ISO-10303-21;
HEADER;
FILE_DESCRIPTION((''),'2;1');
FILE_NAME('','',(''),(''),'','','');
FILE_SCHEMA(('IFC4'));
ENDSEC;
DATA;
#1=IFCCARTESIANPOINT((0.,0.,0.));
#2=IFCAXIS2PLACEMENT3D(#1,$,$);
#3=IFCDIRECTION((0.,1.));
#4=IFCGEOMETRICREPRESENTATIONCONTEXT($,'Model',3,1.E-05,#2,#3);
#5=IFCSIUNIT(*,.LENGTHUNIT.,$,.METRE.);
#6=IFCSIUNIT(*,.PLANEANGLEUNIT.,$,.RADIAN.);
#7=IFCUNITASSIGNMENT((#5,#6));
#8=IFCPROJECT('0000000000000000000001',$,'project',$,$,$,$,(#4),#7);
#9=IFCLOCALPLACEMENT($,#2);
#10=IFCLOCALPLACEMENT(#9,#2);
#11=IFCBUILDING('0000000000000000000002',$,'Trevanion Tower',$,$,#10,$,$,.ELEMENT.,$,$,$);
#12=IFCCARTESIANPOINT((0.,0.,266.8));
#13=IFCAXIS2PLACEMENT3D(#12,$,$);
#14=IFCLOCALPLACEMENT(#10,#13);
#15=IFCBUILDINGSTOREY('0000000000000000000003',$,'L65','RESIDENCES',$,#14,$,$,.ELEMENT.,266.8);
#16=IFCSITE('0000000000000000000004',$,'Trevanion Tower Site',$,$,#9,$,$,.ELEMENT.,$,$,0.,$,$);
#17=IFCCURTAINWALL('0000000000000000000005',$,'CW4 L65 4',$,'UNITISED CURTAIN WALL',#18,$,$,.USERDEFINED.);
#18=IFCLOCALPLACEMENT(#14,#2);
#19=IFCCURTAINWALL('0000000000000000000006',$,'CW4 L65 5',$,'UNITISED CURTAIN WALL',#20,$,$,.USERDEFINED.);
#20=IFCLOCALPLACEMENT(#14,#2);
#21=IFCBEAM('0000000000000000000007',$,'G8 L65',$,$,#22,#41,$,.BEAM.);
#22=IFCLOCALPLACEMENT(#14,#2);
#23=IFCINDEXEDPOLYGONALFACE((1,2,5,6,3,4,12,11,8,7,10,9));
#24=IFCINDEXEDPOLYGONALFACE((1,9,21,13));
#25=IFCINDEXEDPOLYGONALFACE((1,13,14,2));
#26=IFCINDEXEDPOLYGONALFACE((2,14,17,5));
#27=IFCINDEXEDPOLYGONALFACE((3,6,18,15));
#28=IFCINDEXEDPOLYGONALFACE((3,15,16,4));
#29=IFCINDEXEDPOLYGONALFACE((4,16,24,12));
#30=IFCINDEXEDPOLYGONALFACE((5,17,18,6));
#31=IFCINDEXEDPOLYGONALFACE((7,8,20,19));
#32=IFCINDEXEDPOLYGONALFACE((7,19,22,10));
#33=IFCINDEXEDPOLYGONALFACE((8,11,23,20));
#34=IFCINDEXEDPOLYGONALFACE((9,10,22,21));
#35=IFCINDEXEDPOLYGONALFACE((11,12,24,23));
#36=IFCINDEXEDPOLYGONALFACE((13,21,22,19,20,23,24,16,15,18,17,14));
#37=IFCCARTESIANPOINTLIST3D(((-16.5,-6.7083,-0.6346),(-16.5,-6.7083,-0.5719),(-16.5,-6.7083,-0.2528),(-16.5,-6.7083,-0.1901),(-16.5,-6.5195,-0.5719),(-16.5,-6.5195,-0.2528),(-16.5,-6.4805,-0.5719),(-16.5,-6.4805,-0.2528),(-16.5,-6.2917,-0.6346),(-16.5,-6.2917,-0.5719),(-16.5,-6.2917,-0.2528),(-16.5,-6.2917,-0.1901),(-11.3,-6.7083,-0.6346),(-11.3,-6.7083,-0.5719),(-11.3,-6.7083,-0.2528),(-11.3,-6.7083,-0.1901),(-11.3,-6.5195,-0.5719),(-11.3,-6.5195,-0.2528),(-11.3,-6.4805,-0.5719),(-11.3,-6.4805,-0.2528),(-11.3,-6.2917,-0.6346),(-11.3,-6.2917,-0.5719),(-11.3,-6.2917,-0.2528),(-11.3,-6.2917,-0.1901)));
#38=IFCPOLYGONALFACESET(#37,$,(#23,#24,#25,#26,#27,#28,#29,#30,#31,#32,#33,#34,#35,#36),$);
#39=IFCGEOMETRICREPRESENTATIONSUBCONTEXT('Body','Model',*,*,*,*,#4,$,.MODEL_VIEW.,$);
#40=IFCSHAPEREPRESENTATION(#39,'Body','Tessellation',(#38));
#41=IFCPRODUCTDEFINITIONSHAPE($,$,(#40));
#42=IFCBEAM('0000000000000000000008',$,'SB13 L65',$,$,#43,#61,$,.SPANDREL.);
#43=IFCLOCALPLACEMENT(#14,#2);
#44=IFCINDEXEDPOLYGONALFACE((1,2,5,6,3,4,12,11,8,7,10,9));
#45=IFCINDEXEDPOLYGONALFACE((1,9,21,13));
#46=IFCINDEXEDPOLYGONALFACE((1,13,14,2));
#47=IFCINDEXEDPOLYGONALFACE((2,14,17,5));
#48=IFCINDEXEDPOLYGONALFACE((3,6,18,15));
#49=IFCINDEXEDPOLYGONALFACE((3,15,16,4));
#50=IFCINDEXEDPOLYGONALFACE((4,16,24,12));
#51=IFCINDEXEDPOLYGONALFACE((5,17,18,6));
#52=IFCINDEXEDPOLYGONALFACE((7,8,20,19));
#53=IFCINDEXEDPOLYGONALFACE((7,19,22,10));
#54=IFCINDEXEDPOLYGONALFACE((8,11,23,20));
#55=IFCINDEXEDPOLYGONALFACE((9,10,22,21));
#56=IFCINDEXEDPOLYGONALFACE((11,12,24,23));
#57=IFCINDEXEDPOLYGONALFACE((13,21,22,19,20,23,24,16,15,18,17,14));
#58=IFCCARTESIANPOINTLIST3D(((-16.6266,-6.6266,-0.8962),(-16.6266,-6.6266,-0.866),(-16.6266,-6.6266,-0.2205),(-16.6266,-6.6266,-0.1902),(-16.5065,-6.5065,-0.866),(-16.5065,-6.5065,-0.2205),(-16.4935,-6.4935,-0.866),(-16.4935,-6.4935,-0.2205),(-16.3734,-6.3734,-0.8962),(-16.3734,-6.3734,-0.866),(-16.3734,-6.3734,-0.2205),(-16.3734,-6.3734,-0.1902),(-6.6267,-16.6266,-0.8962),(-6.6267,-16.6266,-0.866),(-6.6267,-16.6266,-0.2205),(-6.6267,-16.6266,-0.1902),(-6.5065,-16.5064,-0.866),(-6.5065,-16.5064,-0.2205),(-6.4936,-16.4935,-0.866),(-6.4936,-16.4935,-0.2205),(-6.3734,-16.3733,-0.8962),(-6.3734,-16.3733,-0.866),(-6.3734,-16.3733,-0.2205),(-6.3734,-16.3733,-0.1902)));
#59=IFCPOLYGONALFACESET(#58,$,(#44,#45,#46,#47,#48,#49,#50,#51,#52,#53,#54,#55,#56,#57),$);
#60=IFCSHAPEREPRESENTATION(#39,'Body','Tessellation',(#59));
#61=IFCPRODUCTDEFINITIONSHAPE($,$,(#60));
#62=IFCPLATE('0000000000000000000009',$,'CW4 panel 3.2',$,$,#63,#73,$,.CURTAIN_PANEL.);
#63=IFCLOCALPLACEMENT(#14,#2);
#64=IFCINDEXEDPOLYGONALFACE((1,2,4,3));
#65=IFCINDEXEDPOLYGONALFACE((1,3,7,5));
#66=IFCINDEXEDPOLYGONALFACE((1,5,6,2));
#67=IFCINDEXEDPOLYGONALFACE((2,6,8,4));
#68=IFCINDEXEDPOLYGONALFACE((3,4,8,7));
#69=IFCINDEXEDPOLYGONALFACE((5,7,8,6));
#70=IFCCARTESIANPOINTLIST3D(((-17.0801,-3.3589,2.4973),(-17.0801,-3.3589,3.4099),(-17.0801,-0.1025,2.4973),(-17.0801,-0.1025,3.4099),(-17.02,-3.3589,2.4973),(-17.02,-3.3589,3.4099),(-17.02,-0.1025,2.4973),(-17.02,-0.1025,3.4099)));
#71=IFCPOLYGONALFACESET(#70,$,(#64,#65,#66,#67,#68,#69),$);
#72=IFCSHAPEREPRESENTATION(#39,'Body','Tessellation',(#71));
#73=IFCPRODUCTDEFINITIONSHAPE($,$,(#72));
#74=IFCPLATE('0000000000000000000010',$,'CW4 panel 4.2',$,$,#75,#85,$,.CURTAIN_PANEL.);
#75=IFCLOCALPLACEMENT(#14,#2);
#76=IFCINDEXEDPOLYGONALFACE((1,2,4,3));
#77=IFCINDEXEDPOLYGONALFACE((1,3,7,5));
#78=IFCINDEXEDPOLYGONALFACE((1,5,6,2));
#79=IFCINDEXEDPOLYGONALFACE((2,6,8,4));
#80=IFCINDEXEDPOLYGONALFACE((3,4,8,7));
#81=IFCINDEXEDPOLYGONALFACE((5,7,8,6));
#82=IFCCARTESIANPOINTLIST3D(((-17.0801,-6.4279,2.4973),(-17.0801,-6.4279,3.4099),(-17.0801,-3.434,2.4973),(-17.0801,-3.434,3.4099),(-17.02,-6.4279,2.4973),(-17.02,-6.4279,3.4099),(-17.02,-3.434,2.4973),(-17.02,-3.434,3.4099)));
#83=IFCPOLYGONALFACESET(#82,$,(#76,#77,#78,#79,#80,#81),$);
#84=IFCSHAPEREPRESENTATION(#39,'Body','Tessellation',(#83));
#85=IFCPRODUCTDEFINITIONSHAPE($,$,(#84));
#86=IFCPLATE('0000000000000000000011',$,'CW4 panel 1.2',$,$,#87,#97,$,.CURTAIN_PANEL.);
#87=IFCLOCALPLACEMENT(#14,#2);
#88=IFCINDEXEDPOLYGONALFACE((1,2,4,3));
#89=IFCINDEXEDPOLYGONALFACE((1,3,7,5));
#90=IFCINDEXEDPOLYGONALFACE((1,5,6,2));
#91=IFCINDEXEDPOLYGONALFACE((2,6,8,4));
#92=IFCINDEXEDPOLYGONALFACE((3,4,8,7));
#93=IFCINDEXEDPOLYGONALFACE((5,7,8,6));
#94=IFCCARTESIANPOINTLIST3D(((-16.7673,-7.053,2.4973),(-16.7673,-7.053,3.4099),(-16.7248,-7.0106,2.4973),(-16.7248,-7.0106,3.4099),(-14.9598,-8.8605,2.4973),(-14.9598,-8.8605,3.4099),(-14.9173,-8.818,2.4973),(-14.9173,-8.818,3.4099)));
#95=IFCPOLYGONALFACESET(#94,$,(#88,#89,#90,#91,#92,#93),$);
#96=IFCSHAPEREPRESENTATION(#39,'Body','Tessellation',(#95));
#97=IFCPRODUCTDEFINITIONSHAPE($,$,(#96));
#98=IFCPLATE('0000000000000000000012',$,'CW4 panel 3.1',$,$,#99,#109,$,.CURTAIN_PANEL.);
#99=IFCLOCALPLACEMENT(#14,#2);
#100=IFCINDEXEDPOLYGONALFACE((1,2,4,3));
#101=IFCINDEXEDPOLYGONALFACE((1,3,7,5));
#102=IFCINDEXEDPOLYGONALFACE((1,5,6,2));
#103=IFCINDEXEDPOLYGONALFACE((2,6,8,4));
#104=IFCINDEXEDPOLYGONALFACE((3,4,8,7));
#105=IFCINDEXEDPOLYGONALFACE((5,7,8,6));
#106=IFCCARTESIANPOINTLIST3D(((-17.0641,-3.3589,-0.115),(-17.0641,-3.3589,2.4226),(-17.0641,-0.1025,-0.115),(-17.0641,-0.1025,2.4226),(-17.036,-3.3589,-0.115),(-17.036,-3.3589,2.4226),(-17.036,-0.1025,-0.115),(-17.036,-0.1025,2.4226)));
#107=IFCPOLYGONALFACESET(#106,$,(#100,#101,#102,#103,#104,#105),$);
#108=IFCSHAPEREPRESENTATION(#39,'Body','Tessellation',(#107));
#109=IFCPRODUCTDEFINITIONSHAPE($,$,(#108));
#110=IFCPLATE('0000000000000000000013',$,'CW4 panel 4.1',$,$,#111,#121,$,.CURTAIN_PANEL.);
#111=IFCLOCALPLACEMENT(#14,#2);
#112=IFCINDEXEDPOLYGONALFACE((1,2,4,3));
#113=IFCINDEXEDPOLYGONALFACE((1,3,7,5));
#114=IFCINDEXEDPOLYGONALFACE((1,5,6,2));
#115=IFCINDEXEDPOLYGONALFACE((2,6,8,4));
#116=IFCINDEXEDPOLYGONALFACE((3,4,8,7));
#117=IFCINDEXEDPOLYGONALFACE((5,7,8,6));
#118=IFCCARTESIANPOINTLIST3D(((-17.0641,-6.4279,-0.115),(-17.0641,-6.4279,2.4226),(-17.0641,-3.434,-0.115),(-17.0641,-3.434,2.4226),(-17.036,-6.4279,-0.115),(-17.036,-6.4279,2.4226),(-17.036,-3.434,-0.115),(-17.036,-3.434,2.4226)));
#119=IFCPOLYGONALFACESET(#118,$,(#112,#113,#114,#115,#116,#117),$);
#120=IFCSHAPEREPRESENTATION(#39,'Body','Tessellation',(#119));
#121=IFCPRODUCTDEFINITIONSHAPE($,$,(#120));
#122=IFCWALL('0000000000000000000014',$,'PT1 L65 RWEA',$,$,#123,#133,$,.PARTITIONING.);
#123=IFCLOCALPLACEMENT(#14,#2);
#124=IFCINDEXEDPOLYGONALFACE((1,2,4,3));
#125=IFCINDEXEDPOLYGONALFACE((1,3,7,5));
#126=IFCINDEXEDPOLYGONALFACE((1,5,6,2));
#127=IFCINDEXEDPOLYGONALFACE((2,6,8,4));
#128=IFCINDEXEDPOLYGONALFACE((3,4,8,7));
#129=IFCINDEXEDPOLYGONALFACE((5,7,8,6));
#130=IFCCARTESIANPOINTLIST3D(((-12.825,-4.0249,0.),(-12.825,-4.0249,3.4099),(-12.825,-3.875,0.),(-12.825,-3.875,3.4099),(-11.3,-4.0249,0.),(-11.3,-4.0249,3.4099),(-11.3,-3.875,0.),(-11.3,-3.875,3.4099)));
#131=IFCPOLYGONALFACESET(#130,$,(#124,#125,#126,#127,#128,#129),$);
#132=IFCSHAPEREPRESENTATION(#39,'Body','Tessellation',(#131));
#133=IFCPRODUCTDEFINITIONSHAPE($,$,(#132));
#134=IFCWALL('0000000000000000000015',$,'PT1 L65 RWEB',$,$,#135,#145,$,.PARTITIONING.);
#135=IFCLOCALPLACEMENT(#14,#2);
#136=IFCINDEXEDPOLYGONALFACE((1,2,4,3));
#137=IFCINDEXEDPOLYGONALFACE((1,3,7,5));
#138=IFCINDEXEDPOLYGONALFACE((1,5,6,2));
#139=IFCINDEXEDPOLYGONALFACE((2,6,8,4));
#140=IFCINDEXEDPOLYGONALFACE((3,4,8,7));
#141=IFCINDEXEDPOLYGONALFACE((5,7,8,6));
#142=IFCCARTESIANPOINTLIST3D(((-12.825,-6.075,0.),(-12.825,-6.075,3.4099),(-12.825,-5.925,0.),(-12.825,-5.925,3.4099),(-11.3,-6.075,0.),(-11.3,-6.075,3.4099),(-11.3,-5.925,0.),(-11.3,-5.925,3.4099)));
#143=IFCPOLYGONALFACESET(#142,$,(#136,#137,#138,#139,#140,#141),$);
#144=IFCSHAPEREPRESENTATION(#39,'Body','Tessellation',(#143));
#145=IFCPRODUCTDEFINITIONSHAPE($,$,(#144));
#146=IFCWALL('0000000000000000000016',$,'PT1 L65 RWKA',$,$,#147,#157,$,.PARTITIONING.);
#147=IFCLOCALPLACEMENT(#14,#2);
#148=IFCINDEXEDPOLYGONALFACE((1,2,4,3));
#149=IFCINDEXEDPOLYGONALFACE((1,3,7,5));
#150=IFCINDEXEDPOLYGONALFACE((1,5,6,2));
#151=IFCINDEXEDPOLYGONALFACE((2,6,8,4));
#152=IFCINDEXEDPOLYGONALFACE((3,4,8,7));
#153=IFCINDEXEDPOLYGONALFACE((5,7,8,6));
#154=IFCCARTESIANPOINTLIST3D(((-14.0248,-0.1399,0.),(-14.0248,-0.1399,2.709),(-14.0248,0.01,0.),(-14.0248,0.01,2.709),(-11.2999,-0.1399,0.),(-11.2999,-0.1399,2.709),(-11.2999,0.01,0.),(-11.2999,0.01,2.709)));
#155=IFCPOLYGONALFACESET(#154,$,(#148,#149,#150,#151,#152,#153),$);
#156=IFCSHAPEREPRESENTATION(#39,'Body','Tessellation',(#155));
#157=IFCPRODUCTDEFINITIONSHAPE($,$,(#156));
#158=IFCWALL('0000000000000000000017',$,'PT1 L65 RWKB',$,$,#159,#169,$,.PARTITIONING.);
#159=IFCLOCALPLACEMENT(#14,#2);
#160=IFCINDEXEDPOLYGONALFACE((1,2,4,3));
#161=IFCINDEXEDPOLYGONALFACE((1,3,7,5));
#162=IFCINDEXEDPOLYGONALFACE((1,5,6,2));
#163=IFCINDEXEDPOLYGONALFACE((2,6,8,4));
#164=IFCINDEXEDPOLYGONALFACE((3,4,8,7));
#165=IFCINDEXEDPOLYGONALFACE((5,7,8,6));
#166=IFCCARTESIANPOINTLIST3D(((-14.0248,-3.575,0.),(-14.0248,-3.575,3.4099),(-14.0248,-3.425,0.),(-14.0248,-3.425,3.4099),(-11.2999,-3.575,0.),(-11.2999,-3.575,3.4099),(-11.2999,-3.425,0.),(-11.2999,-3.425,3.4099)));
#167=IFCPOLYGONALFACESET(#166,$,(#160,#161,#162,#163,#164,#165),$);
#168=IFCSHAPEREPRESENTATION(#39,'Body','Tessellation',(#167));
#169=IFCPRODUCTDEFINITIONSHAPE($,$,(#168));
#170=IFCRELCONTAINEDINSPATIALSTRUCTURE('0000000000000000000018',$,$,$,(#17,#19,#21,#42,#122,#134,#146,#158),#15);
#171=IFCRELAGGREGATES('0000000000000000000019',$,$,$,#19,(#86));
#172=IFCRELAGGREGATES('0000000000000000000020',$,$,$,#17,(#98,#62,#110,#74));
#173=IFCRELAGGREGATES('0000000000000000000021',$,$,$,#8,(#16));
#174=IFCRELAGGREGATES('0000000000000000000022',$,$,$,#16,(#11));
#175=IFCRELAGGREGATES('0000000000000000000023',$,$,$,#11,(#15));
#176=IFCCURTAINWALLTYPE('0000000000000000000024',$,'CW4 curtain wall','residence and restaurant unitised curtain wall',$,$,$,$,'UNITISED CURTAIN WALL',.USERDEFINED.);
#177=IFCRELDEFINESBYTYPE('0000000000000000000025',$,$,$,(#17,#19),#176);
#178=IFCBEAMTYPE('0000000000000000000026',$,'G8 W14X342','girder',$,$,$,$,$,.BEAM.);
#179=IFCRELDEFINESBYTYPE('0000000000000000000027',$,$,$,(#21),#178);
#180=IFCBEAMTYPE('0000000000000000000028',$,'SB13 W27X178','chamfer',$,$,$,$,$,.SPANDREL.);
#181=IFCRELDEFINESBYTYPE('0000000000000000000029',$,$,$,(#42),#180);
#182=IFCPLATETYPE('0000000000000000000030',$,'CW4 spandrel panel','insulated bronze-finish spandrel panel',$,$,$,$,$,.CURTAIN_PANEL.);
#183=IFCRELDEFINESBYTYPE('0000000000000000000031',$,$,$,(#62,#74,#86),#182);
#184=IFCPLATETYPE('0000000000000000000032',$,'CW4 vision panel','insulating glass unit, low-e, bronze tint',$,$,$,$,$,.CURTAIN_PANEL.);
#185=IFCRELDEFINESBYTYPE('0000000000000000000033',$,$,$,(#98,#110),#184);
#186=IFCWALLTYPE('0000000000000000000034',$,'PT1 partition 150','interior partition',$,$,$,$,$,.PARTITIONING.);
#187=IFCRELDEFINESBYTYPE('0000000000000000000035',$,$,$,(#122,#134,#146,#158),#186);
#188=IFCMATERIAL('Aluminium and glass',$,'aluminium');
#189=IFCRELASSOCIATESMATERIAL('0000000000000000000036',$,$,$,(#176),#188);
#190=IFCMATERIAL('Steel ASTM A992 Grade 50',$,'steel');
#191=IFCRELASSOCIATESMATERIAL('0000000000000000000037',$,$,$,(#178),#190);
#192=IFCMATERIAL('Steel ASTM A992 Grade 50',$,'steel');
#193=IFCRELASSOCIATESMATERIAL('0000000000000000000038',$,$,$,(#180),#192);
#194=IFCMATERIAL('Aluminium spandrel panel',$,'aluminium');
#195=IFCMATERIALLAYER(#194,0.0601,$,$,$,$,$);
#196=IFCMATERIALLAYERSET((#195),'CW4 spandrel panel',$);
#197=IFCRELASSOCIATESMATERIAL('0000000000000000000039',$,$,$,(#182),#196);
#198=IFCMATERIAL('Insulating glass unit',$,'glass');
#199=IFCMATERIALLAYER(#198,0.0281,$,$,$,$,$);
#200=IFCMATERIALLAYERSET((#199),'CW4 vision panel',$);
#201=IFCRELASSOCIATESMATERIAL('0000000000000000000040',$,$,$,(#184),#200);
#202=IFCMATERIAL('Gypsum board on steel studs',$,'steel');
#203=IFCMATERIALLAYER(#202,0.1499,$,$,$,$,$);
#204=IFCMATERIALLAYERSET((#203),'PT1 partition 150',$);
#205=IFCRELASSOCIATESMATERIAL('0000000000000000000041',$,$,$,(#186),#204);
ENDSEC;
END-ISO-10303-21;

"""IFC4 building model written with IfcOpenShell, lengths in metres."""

from ifc_helpers import new_model, si_unit, direction, frame, frame_2d, origin, origin_2d, place, context, subcontext, project, spatial, rectangle, i_section, extrude, material, layer, layer_set, material_profile, profile_set, type_object, element, aggregate, save


model = new_model("IFC4")

# Units and contexts
model_context = context("Model", 3, precision=1e-05, world=origin(), true_north=direction((0.0, 1.0)))
body_context = subcontext(model_context, "Body", "Model", "MODEL_VIEW")
ifc_project = project(units=[si_unit("LENGTHUNIT", "METRE"), si_unit("PLANEANGLEUNIT", "RADIAN")], contexts=[model_context])

# Site, building, storey
site_placement = place(None, origin())
site = spatial("IfcSite", under=ifc_project, at=site_placement, Name="Trevanion Tower Site", CompositionType="ELEMENT", RefElevation=0.0)
building_placement = place(site_placement, origin())
building = spatial("IfcBuilding", under=site, at=building_placement, Name="Trevanion Tower", CompositionType="ELEMENT")
storey_placement = place(building_placement, frame((0.0, 0.0, 266.8)))
storey = spatial("IfcBuildingStorey", under=building, at=storey_placement, Name="L65", Description="RESIDENCES", CompositionType="ELEMENT", Elevation=266.8)

# Curtain wall
ifc_material_1 = material(Name="Aluminium and glass", Category="aluminium")
curtain_wall_type = type_object("IfcCurtainWallType", Name="CW4 curtain wall", Description="residence and restaurant unitised curtain wall", ElementType="UNITISED CURTAIN WALL", PredefinedType="USERDEFINED", material=ifc_material_1)
curtain_wall_1_placement = place(storey_placement, origin())
curtain_wall_1 = element("IfcCurtainWall", 1, at=curtain_wall_1_placement, inside=storey, type_object=curtain_wall_type, Name="CW4 L65 4", ObjectType="UNITISED CURTAIN WALL", PredefinedType="USERDEFINED")

# Curtain wall
curtain_wall_2_placement = place(storey_placement, origin())
curtain_wall_2 = element("IfcCurtainWall", 2, at=curtain_wall_2_placement, inside=storey, type_object=curtain_wall_type, Name="CW4 L65 5", ObjectType="UNITISED CURTAIN WALL", PredefinedType="USERDEFINED")

# Beams
ifc_material_2 = material(Name="Steel ASTM A992 Grade 50", Category="steel")
ifc_material_profile_1 = material_profile(ifc_material_2, i_section(OverallWidth=0.4165, OverallDepth=0.4446, WebThickness=0.0391, FlangeThickness=0.0627, at=origin_2d()), Name="W14X342")
ifc_profile_set_1 = profile_set([ifc_material_profile_1], Name="Steel ASTM A992 Grade 50")
beam_type_1 = type_object("IfcBeamType", Name="G8 W14X342", Description="girder", PredefinedType="BEAM", material=ifc_profile_set_1)
beam_1_placement = place(storey_placement, frame((-11.3, -6.5, -0.4124), z_axis=(-1.0, 0.0, 0.0), x_axis=(0.0, -1.0, 0.0)))
element("IfcBeam", 3, at=beam_1_placement, inside=storey, type_object=beam_type_1, Name="G8 L65", PredefinedType="BEAM", context=body_context, shape_type="SweptSolid", body=[
    extrude(i_section(OverallWidth=0.4165, OverallDepth=0.4446, WebThickness=0.0391, FlangeThickness=0.0627, at=origin_2d()), origin(), (0.0, 0.0, 1.0), 5.2),
])
ifc_material_3 = material(Name="Steel ASTM A992 Grade 50", Category="steel")
ifc_material_profile_2 = material_profile(ifc_material_3, i_section(OverallWidth=0.3582, OverallDepth=0.7061, WebThickness=0.0183, FlangeThickness=0.0303, at=origin_2d()), Name="W27X178")
ifc_profile_set_2 = profile_set([ifc_material_profile_2], Name="Steel ASTM A992 Grade 50")
beam_type_2 = type_object("IfcBeamType", Name="SB13 W27X178", Description="chamfer", PredefinedType="SPANDREL", material=ifc_profile_set_2)
beam_2_placement = place(storey_placement, frame((-16.5, -6.5, -0.5432), z_axis=(0.707107, -0.707107, 0.0), x_axis=(0.707107, 0.707107, 0.0)))
element("IfcBeam", 4, at=beam_2_placement, inside=storey, type_object=beam_type_2, Name="SB13 L65", PredefinedType="SPANDREL", context=body_context, shape_type="SweptSolid", body=[
    extrude(i_section(OverallWidth=0.3582, OverallDepth=0.7061, WebThickness=0.0183, FlangeThickness=0.0303, at=origin_2d()), origin(), (0.0, 0.0, 1.0), 14.1421),
])

# Plates
ifc_material_4 = material(Name="Aluminium spandrel panel", Category="aluminium")
ifc_layer_1 = layer(ifc_material_4, 0.0601)
ifc_layer_set_1 = layer_set([ifc_layer_1], Name="CW4 spandrel panel")
plate_type_1 = type_object("IfcPlateType", Name="CW4 spandrel panel", Description="insulated bronze-finish spandrel panel", PredefinedType="CURTAIN_PANEL", material=ifc_layer_set_1)
plate_1_placement = place(storey_placement, frame((-17.05, -1.7307, 2.4973), z_axis=(0.0, 0.0, 1.0), x_axis=(0.0, -1.0, 0.0)))
plate_1 = element("IfcPlate", 5, at=plate_1_placement, type_object=plate_type_1, Name="CW4 panel 3.2", PredefinedType="CURTAIN_PANEL", context=body_context, shape_type="SweptSolid", body=[
    extrude(rectangle(XDim=3.2563, YDim=0.0601, at=origin_2d()), origin(), (0.0, 0.0, 1.0), 0.9126),
])
plate_2_placement = place(storey_placement, frame((-17.05, -4.9309, 2.4973), z_axis=(0.0, 0.0, 1.0), x_axis=(0.0, -1.0, 0.0)))
plate_2 = element("IfcPlate", 6, at=plate_2_placement, type_object=plate_type_1, Name="CW4 panel 4.2", PredefinedType="CURTAIN_PANEL", context=body_context, shape_type="SweptSolid", body=[
    extrude(rectangle(XDim=2.9939, YDim=0.0601, at=origin_2d()), origin(), (0.0, 0.0, 1.0), 0.9126),
])
plate_3_placement = place(storey_placement, frame((-15.8423, -7.9355, 2.4973), z_axis=(0.0, 0.0, 1.0), x_axis=(0.707107, -0.707107, 0.0)))
plate_3 = element("IfcPlate", 7, at=plate_3_placement, type_object=plate_type_1, Name="CW4 panel 1.2", PredefinedType="CURTAIN_PANEL", context=body_context, shape_type="SweptSolid", body=[
    extrude(rectangle(XDim=2.5562, YDim=0.0601, at=origin_2d()), origin(), (0.0, 0.0, 1.0), 0.9126),
])
aggregate(curtain_wall_2, [plate_3])
ifc_material_5 = material(Name="Insulating glass unit", Category="glass")
ifc_layer_2 = layer(ifc_material_5, 0.0281)
ifc_layer_set_2 = layer_set([ifc_layer_2], Name="CW4 vision panel")
plate_type_2 = type_object("IfcPlateType", Name="CW4 vision panel", Description="insulating glass unit, low-e, bronze tint", PredefinedType="CURTAIN_PANEL", material=ifc_layer_set_2)
plate_4_placement = place(storey_placement, frame((-17.05, -1.7307, -0.115), z_axis=(0.0, 0.0, 1.0), x_axis=(0.0, -1.0, 0.0)))
plate_4 = element("IfcPlate", 8, at=plate_4_placement, type_object=plate_type_2, Name="CW4 panel 3.1", PredefinedType="CURTAIN_PANEL", context=body_context, shape_type="SweptSolid", body=[
    extrude(rectangle(XDim=3.2563, YDim=0.0281, at=origin_2d()), origin(), (0.0, 0.0, 1.0), 2.5376),
])
plate_5_placement = place(storey_placement, frame((-17.05, -4.9309, -0.115), z_axis=(0.0, 0.0, 1.0), x_axis=(0.0, -1.0, 0.0)))
plate_5 = element("IfcPlate", 9, at=plate_5_placement, type_object=plate_type_2, Name="CW4 panel 4.1", PredefinedType="CURTAIN_PANEL", context=body_context, shape_type="SweptSolid", body=[
    extrude(rectangle(XDim=2.9939, YDim=0.0281, at=origin_2d()), origin(), (0.0, 0.0, 1.0), 2.5376),
])
aggregate(curtain_wall_1, [plate_4, plate_1, plate_5, plate_2])

# Walls
ifc_material_6 = material(Name="Gypsum board on steel studs", Category="steel")
ifc_layer_3 = layer(ifc_material_6, 0.1499)
ifc_layer_set_3 = layer_set([ifc_layer_3], Name="PT1 partition 150")
wall_type_1 = type_object("IfcWallType", Name="PT1 partition 150", Description="interior partition", PredefinedType="PARTITIONING", material=ifc_layer_set_3)
for number, where, z_axis, x_axis, name in (
    (10, (-11.3, -3.95, 0.0), (0.0, 0.0, 1.0), (-1.0, 0.0, 0.0), "PT1 L65 RWEA"),
    (11, (-11.3, -6.0, 0.0), (0.0, 0.0, 1.0), (-1.0, 0.0, 0.0), "PT1 L65 RWEB"),
):
    element("IfcWall", number, at=place(storey_placement, frame(where, z_axis=z_axis, x_axis=x_axis)), inside=storey, type_object=wall_type_1, Name=name, PredefinedType="PARTITIONING", context=body_context, shape_type="SweptSolid", body=[
        extrude(rectangle(XDim=1.5249, YDim=0.1499, at=frame_2d((0.7625, 0.0))), origin(), (0.0, 0.0, 1.0), 3.4099),
    ])
wall_1_placement = place(storey_placement, frame((-11.3, -0.0649, 0.0), z_axis=(0.0, 0.0, 1.0), x_axis=(-1.0, 0.0, 0.0)))
element("IfcWall", 12, at=wall_1_placement, inside=storey, type_object=wall_type_1, Name="PT1 L65 RWKA", PredefinedType="PARTITIONING", context=body_context, shape_type="SweptSolid", body=[
    extrude(rectangle(XDim=2.7249, YDim=0.1499, at=frame_2d((1.3623, 0.0))), origin(), (0.0, 0.0, 1.0), 2.709),
])
wall_2_placement = place(storey_placement, frame((-11.3, -3.5, 0.0), z_axis=(0.0, 0.0, 1.0), x_axis=(-1.0, 0.0, 0.0)))
element("IfcWall", 13, at=wall_2_placement, inside=storey, type_object=wall_type_1, Name="PT1 L65 RWKB", PredefinedType="PARTITIONING", context=body_context, shape_type="SweptSolid", body=[
    extrude(rectangle(XDim=2.7249, YDim=0.1499, at=frame_2d((1.3623, 0.0))), origin(), (0.0, 0.0, 1.0), 3.4099),
])

save(model, "model.ifc")
